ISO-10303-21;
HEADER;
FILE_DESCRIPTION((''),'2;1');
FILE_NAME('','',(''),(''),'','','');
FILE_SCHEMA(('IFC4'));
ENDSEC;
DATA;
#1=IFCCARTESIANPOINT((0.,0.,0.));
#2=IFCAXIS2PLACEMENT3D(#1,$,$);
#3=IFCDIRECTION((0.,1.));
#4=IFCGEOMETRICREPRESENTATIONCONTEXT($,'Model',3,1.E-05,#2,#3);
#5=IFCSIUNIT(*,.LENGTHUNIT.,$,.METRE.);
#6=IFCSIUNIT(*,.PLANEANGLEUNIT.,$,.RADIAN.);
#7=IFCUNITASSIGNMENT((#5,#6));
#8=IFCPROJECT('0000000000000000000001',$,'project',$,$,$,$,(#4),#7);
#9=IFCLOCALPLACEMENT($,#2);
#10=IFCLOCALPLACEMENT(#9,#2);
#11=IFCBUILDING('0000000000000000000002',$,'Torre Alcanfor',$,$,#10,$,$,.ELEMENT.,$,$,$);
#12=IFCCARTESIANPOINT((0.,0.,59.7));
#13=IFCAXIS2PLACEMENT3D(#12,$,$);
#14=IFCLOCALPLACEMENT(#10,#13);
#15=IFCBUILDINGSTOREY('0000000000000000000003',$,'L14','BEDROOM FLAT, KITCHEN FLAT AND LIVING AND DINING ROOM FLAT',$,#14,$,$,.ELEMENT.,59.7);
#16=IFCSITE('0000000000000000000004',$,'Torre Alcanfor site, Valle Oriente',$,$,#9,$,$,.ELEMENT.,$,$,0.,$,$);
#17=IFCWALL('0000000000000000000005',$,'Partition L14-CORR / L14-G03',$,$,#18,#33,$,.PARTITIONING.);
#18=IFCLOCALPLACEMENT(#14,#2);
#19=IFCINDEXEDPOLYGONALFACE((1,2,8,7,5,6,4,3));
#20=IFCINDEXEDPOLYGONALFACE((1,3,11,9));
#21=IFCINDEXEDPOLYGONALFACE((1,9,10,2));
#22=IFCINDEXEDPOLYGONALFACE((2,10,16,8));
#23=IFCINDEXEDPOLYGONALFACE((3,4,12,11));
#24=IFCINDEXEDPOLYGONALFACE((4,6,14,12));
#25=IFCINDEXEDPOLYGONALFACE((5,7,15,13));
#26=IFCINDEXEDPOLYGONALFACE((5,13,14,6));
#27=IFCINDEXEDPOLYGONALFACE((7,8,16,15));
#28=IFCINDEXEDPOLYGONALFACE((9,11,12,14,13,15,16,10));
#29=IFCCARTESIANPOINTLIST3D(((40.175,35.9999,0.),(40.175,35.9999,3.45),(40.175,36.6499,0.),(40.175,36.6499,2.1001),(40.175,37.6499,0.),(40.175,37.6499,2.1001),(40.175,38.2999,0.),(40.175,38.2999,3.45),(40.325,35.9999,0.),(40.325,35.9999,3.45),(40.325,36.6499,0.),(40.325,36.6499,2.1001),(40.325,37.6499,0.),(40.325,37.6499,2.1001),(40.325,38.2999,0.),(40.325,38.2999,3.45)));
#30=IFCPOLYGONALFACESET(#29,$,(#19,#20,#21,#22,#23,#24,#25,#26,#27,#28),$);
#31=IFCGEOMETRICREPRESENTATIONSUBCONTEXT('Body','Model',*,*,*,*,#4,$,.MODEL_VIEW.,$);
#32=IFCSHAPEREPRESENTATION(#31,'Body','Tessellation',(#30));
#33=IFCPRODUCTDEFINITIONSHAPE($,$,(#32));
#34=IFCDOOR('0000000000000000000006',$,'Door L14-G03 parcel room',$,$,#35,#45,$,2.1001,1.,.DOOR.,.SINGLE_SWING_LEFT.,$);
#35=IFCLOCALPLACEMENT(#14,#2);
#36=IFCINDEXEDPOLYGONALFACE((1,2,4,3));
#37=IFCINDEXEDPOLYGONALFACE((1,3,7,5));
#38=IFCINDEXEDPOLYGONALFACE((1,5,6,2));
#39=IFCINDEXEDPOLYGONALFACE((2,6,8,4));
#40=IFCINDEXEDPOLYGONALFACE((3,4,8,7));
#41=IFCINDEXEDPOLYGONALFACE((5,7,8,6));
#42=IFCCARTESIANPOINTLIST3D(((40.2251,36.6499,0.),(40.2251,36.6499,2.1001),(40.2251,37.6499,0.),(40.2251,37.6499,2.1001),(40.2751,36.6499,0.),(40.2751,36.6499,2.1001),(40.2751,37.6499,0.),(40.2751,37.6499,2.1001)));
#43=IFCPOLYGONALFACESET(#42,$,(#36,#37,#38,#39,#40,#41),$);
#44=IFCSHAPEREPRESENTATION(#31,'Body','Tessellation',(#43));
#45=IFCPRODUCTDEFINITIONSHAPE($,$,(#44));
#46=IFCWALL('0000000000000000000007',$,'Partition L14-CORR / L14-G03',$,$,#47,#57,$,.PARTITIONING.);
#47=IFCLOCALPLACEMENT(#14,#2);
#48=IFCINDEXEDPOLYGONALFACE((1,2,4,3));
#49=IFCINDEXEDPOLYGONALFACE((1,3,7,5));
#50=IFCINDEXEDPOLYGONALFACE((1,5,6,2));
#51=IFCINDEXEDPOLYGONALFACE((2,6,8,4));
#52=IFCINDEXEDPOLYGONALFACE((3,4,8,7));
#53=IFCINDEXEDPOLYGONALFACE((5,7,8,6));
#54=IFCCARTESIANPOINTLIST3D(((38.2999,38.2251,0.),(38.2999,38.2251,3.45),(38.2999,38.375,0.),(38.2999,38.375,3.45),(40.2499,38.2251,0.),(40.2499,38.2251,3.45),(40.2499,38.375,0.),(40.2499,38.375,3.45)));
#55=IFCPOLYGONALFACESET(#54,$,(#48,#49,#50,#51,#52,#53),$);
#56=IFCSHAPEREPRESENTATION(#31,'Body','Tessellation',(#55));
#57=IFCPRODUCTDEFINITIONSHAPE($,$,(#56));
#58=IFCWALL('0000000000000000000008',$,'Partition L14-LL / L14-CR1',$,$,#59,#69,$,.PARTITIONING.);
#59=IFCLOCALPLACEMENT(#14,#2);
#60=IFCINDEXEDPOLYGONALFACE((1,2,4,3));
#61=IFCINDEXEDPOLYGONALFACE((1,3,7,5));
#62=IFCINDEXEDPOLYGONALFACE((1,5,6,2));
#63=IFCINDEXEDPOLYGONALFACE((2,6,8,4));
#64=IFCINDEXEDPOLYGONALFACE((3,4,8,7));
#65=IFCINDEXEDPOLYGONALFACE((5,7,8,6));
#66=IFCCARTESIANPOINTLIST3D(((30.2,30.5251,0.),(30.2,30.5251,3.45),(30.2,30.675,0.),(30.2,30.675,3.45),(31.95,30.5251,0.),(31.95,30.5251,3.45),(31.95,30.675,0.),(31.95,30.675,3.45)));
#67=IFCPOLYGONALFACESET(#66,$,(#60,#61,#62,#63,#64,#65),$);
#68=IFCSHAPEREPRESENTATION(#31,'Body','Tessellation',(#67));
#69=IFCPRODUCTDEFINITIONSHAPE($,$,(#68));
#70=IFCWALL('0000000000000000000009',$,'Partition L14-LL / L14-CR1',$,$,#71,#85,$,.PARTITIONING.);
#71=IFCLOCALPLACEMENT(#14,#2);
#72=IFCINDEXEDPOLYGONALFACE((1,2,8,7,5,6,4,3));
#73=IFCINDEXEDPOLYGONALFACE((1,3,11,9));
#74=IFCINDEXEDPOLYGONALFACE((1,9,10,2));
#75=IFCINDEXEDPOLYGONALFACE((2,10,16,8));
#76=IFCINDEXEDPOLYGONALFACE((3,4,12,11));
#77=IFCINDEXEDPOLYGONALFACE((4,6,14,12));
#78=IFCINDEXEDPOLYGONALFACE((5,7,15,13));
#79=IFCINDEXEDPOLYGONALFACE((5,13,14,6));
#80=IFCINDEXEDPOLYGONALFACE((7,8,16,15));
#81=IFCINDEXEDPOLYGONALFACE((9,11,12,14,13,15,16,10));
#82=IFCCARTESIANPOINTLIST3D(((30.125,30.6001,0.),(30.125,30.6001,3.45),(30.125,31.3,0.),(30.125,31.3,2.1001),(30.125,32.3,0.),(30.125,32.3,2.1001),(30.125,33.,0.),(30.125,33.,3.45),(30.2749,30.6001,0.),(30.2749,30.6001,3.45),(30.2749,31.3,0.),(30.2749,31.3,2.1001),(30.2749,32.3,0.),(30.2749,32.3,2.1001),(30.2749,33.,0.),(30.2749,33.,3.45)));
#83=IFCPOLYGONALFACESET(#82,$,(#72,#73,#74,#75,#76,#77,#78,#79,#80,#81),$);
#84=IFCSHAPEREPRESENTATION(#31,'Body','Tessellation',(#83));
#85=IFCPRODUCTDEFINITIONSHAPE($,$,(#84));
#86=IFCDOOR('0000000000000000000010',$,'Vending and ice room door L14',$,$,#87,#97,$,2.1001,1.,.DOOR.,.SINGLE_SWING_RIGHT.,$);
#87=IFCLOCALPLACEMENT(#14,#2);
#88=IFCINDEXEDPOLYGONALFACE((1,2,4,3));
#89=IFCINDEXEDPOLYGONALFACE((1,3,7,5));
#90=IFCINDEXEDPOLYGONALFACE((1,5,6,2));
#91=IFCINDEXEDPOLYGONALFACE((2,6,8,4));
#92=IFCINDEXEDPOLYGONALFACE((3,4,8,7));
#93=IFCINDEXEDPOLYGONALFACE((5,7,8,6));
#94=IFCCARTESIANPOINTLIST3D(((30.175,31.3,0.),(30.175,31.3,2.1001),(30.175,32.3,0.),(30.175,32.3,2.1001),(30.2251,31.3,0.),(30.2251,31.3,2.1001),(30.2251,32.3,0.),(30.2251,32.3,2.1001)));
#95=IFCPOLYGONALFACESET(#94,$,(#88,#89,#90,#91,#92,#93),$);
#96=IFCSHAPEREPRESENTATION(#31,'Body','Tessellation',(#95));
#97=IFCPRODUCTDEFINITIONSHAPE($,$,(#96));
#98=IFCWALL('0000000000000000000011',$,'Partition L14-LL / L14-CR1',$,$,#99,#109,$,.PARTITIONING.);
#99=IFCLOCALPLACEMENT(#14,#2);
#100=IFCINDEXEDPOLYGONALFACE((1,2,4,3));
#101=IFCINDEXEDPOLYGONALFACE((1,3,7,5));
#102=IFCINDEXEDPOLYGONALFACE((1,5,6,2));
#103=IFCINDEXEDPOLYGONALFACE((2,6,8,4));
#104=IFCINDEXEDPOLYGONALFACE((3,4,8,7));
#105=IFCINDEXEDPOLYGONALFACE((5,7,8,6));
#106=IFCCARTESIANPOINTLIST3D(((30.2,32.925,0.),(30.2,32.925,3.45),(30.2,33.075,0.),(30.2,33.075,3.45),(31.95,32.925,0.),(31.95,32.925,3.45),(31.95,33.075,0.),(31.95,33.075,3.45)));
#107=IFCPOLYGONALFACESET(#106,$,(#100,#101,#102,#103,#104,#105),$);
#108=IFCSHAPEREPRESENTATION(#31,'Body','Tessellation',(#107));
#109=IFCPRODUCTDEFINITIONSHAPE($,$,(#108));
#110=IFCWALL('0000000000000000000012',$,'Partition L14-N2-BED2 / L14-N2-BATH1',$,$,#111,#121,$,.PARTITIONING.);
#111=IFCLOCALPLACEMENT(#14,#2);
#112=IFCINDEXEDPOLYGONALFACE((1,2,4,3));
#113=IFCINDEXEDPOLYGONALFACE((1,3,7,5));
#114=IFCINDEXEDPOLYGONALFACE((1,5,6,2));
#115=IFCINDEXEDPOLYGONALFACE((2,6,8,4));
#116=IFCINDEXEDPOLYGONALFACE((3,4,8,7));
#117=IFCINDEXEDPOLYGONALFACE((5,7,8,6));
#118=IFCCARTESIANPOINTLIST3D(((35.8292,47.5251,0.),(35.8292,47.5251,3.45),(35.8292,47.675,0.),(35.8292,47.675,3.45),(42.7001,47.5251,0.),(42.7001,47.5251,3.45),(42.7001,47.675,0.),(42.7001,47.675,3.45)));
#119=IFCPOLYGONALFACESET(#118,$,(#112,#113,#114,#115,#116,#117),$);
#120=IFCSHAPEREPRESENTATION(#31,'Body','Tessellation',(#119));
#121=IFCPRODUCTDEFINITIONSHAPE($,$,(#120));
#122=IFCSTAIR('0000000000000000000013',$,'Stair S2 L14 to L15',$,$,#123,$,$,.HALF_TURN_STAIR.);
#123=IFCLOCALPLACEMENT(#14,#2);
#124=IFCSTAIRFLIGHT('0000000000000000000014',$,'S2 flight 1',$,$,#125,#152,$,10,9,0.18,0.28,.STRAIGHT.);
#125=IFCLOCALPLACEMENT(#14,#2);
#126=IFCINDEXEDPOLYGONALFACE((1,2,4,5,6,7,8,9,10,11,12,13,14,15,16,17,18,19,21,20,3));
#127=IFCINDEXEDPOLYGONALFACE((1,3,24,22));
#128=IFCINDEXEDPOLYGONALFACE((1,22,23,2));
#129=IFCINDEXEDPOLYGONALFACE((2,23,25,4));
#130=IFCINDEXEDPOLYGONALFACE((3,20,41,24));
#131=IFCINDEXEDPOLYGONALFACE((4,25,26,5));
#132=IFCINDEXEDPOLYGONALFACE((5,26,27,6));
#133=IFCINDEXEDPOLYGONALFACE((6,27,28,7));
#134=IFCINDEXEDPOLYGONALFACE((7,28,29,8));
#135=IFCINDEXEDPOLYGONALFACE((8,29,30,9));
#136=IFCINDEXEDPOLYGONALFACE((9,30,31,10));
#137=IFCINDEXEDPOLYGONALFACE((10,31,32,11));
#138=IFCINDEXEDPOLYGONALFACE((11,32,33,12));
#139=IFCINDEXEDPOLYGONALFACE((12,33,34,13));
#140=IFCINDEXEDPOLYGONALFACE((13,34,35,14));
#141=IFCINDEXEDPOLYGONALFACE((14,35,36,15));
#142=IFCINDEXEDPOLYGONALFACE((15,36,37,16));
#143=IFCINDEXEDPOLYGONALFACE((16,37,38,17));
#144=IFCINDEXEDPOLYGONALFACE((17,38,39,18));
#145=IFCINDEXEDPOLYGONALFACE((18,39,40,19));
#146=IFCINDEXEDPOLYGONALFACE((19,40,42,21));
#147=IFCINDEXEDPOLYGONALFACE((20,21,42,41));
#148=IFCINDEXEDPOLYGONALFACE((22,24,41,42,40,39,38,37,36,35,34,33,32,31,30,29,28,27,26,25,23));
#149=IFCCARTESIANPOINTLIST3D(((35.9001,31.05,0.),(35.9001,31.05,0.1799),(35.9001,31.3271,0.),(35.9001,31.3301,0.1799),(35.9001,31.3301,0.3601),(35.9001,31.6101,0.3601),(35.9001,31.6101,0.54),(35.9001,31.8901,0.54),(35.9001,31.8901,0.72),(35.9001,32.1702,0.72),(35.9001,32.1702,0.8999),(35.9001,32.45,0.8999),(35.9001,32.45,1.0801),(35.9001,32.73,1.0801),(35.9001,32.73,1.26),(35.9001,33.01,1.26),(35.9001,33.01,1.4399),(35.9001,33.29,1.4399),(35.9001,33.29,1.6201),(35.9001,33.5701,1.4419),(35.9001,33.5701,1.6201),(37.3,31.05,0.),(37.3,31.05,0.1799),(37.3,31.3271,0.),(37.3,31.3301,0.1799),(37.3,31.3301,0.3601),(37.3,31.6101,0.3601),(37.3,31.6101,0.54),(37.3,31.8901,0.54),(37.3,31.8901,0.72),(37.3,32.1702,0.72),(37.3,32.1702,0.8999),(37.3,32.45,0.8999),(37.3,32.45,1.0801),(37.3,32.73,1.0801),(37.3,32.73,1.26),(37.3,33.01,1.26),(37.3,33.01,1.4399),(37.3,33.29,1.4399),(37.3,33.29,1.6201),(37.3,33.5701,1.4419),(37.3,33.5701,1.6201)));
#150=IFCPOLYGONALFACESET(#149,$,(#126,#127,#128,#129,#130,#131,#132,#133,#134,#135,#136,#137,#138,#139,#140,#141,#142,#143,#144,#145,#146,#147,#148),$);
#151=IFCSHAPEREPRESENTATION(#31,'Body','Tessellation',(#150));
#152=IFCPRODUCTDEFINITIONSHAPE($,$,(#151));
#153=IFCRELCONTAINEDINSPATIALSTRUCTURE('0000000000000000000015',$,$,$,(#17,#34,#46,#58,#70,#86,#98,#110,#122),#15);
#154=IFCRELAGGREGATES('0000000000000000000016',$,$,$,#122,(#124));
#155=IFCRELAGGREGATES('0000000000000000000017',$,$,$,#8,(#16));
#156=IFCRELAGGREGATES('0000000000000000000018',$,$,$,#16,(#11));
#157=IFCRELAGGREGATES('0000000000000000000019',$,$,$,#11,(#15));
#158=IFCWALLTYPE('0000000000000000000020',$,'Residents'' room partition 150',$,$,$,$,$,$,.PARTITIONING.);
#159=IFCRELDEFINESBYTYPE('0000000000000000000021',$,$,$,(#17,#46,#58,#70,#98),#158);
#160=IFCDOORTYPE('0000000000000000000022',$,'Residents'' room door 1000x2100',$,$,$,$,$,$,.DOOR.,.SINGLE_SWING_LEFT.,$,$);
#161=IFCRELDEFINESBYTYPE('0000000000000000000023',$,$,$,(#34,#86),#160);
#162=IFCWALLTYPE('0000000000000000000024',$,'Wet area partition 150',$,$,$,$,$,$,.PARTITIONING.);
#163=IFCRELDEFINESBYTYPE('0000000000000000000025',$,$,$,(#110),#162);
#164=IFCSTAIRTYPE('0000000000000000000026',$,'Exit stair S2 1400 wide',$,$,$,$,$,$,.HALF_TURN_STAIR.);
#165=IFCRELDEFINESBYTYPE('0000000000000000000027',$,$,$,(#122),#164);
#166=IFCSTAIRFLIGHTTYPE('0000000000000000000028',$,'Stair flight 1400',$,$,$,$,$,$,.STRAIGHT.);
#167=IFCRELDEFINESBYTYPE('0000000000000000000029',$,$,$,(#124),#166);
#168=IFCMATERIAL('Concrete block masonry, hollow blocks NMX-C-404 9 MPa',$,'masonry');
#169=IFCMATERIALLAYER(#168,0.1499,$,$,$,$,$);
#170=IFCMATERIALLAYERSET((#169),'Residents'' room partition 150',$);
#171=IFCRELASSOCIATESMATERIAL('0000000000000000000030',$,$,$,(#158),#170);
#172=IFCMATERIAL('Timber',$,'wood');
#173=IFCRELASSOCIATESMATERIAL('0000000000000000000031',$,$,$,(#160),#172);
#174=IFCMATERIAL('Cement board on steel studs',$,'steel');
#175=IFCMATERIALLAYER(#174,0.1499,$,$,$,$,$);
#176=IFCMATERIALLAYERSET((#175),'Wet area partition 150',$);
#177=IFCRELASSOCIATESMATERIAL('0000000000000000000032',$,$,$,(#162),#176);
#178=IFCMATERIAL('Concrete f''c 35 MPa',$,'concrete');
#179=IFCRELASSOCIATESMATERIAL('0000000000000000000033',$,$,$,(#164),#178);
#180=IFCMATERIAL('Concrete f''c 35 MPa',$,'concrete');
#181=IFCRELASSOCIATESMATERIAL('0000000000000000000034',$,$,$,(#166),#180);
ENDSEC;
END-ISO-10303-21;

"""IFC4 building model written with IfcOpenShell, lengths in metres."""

from ifc_helpers import new_model, si_unit, direction, frame, frame_2d, origin, place, context, subcontext, project, spatial, polyline, rectangle, outline, extrude, material, layer, layer_set, type_object, element, fill, aggregate, save


model = new_model("IFC4")

# Units and contexts
model_context = context("Model", 3, precision=1e-05, world=origin(), true_north=direction((0.0, 1.0)))
body_context = subcontext(model_context, "Body", "Model", "MODEL_VIEW")
ifc_project = project(units=[si_unit("LENGTHUNIT", "METRE"), si_unit("PLANEANGLEUNIT", "RADIAN")], contexts=[model_context])

# Site, building, storey
site_placement = place(None, origin())
site = spatial("IfcSite", under=ifc_project, at=site_placement, Name="Torre Alcanfor site, Valle Oriente", CompositionType="ELEMENT", RefElevation=0.0)
building_placement = place(site_placement, origin())
building = spatial("IfcBuilding", under=site, at=building_placement, Name="Torre Alcanfor", CompositionType="ELEMENT")
storey_placement = place(building_placement, frame((0.0, 0.0, 59.7)))
storey = spatial("IfcBuildingStorey", under=building, at=storey_placement, Name="L14", Description="BEDROOM FLAT, KITCHEN FLAT AND LIVING AND DINING ROOM FLAT", CompositionType="ELEMENT", Elevation=59.7)

# Shared definitions
ifc_material_1 = material(Name="Concrete block masonry, hollow blocks NMX-C-404 9 MPa", Category="masonry")
ifc_layer_1 = layer(ifc_material_1, 0.1499)
ifc_layer_set_1 = layer_set([ifc_layer_1], Name="Residents' room partition 150")
wall_type_1 = type_object("IfcWallType", Name="Residents' room partition 150", PredefinedType="PARTITIONING", material=ifc_layer_set_1)

# Shared definitions
ifc_material_2 = material(Name="Timber", Category="wood")
door_type_1 = type_object("IfcDoorType", Name="Residents' room door 1000x2100", OperationType="SINGLE_SWING_LEFT", PredefinedType="DOOR", material=ifc_material_2)

# Wall, opening, door
wall_1_placement = place(storey_placement, frame((40.25, 36.0, 0.0), z_axis=(0.0, 0.0, 1.0), x_axis=(0.0, 1.0, 0.0)))
wall_1 = element("IfcWall", 1, at=wall_1_placement, inside=storey, type_object=wall_type_1, Name="Partition L14-CORR / L14-G03", PredefinedType="PARTITIONING", context=body_context, shape_type="SweptSolid", body=[
    extrude(rectangle(XDim=2.3, YDim=0.1499, at=frame_2d((1.1499, 0.0))), origin(), (0.0, 0.0, 1.0), 3.45),
])
opening_1_placement = place(wall_1_placement, frame((0.6499, 0.0, 0.0)))
opening_1 = element("IfcOpeningElement", 2, at=opening_1_placement, cuts=wall_1, PredefinedType="OPENING", context=body_context, shape_type="SweptSolid", body=[
    extrude(rectangle(XDim=1.0, YDim=2.1001, at=frame_2d((0.5, 1.05))), frame((0.0, 0.085, 0.0), z_axis=(0.0, -1.0, 0.0), x_axis=(1.0, 0.0, 0.0)), (0.0, 0.0, 1.0), 0.1699),
])
door_1_placement = place(opening_1_placement, origin())
door_1 = element("IfcDoor", 3, at=door_1_placement, inside=storey, type_object=door_type_1, Name="Door L14-G03 parcel room", OperationType="SINGLE_SWING_LEFT", OverallHeight=2.1001, OverallWidth=1.0, PredefinedType="DOOR", context=body_context, shape_type="SweptSolid", body=[
    extrude(rectangle(XDim=1.0, YDim=2.1001, at=frame_2d((0.5, 1.05))), frame((0.0, 0.0249, 0.0), z_axis=(0.0, -1.0, 0.0), x_axis=(1.0, 0.0, 0.0)), (0.0, 0.0, 1.0), 0.05),
])
fill(opening_1, door_1)

# Walls
wall_2_placement = place(storey_placement, frame((40.25, 38.3, 0.0), z_axis=(0.0, 0.0, 1.0), x_axis=(-1.0, 0.0, 0.0)))
element("IfcWall", 4, at=wall_2_placement, inside=storey, type_object=wall_type_1, Name="Partition L14-CORR / L14-G03", PredefinedType="PARTITIONING", context=body_context, shape_type="SweptSolid", body=[
    extrude(rectangle(XDim=1.95, YDim=0.1499, at=frame_2d((0.9751, 0.0))), origin(), (0.0, 0.0, 1.0), 3.45),
])
wall_3_placement = place(storey_placement, frame((31.95, 30.6001, 0.0), z_axis=(0.0, 0.0, 1.0), x_axis=(-1.0, 0.0, 0.0)))
element("IfcWall", 5, at=wall_3_placement, inside=storey, type_object=wall_type_1, Name="Partition L14-LL / L14-CR1", PredefinedType="PARTITIONING", context=body_context, shape_type="SweptSolid", body=[
    extrude(rectangle(XDim=1.75, YDim=0.1499, at=frame_2d((0.875, 0.0))), origin(), (0.0, 0.0, 1.0), 3.45),
])

# Wall, opening, door
wall_4_placement = place(storey_placement, frame((30.2, 30.6001, 0.0), z_axis=(0.0, 0.0, 1.0), x_axis=(0.0, 1.0, 0.0)))
wall_4 = element("IfcWall", 6, at=wall_4_placement, inside=storey, type_object=wall_type_1, Name="Partition L14-LL / L14-CR1", PredefinedType="PARTITIONING", context=body_context, shape_type="SweptSolid", body=[
    extrude(rectangle(XDim=2.3999, YDim=0.1499, at=frame_2d((1.2, 0.0))), origin(), (0.0, 0.0, 1.0), 3.45),
])
opening_2_placement = place(wall_4_placement, frame((0.7, 0.0, 0.0)))
opening_2 = element("IfcOpeningElement", 7, at=opening_2_placement, cuts=wall_4, PredefinedType="OPENING", context=body_context, shape_type="SweptSolid", body=[
    extrude(rectangle(XDim=1.0, YDim=2.1001, at=frame_2d((0.5, 1.05))), frame((0.0, 0.085, 0.0), z_axis=(0.0, -1.0, 0.0), x_axis=(1.0, 0.0, 0.0)), (0.0, 0.0, 1.0), 0.1699),
])
door_2_placement = place(opening_2_placement, frame((1.0, 0.0, 0.0), z_axis=(0.0, 0.0, 1.0), x_axis=(-1.0, 0.0, 0.0)))
door_2 = element("IfcDoor", 8, at=door_2_placement, inside=storey, type_object=door_type_1, Name="Vending and ice room door L14", OperationType="SINGLE_SWING_RIGHT", OverallHeight=2.1001, OverallWidth=1.0, PredefinedType="DOOR", context=body_context, shape_type="SweptSolid", body=[
    extrude(rectangle(XDim=1.0, YDim=2.1001, at=frame_2d((0.5, 1.05))), frame((0.0, 0.0251, 0.0), z_axis=(0.0, -1.0, 0.0), x_axis=(1.0, 0.0, 0.0)), (0.0, 0.0, 1.0), 0.05),
])
fill(opening_2, door_2)

# Walls
wall_5_placement = place(storey_placement, frame((30.2, 33.0, 0.0), z_axis=(0.0, 0.0, 1.0), x_axis=(1.0, 0.0, 0.0)))
element("IfcWall", 9, at=wall_5_placement, inside=storey, type_object=wall_type_1, Name="Partition L14-LL / L14-CR1", PredefinedType="PARTITIONING", context=body_context, shape_type="SweptSolid", body=[
    extrude(rectangle(XDim=1.75, YDim=0.1499, at=frame_2d((0.875, 0.0))), origin(), (0.0, 0.0, 1.0), 3.45),
])
ifc_material_3 = material(Name="Cement board on steel studs", Category="steel")
ifc_layer_2 = layer(ifc_material_3, 0.1499)
ifc_layer_set_2 = layer_set([ifc_layer_2], Name="Wet area partition 150")
wall_type_2 = type_object("IfcWallType", Name="Wet area partition 150", PredefinedType="PARTITIONING", material=ifc_layer_set_2)
wall_6_placement = place(storey_placement, frame((35.8291, 47.6001, 0.0), z_axis=(0.0, 0.0, 1.0), x_axis=(1.0, 0.0, 0.0)))
element("IfcWall", 10, at=wall_6_placement, inside=storey, type_object=wall_type_2, Name="Partition L14-N2-BED2 / L14-N2-BATH1", PredefinedType="PARTITIONING", context=body_context, shape_type="SweptSolid", body=[
    extrude(rectangle(XDim=6.8708, YDim=0.1499, at=frame_2d((3.4355, 0.0))), origin(), (0.0, 0.0, 1.0), 3.45),
])

# Stair, stair flight
ifc_material_4 = material(Name="Concrete f'c 35 MPa", Category="concrete")
stair_type = type_object("IfcStairType", Name="Exit stair S2 1400 wide", PredefinedType="HALF_TURN_STAIR", material=ifc_material_4)
stair_placement = place(storey_placement, origin())
stair = element("IfcStair", 11, at=stair_placement, inside=storey, type_object=stair_type, Name="Stair S2 L14 to L15", PredefinedType="HALF_TURN_STAIR")
ifc_material_5 = material(Name="Concrete f'c 35 MPa", Category="concrete")
stair_flight_type = type_object("IfcStairFlightType", Name="Stair flight 1400", PredefinedType="STRAIGHT", material=ifc_material_5)
stair_flight_1_placement = place(storey_placement, frame((36.6001, 31.05, 0.0), z_axis=(0.0, 0.0, 1.0), x_axis=(0.0, 1.0, 0.0)))
stair_flight_1 = element("IfcStairFlight", 12, at=stair_flight_1_placement, type_object=stair_flight_type, Name="S2 flight 1", NumberOfRisers=10, NumberOfTreads=9, PredefinedType="STRAIGHT", RiserHeight=0.18, TreadLength=0.28, context=body_context, shape_type="SweptSolid", body=[
    extrude(outline(polyline([(0.0, 0.0), (0.0, 0.1799), (0.28, 0.1799), (0.28, 0.3601), (0.5601, 0.3601), (0.5601, 0.54), (0.8401, 0.54), (0.8401, 0.72), (1.1201, 0.72), (1.1201, 0.8999), (1.3999, 0.8999), (1.3999, 1.0801), (1.6799, 1.0801), (1.6799, 1.26), (1.96, 1.26), (1.96, 1.4399), (2.24, 1.4399), (2.24, 1.6201), (2.52, 1.6201), (2.52, 1.8), (2.52, 1.4419), (0.2771, 0.0), (0.0, 0.0)])), frame((0.0, 0.7, 0.0), z_axis=(0.0, -1.0, 0.0), x_axis=(1.0, 0.0, 0.0)), (0.0, 0.0, 1.0), 1.3999),
])
aggregate(stair, [stair_flight_1])

save(model, "model.ifc")
